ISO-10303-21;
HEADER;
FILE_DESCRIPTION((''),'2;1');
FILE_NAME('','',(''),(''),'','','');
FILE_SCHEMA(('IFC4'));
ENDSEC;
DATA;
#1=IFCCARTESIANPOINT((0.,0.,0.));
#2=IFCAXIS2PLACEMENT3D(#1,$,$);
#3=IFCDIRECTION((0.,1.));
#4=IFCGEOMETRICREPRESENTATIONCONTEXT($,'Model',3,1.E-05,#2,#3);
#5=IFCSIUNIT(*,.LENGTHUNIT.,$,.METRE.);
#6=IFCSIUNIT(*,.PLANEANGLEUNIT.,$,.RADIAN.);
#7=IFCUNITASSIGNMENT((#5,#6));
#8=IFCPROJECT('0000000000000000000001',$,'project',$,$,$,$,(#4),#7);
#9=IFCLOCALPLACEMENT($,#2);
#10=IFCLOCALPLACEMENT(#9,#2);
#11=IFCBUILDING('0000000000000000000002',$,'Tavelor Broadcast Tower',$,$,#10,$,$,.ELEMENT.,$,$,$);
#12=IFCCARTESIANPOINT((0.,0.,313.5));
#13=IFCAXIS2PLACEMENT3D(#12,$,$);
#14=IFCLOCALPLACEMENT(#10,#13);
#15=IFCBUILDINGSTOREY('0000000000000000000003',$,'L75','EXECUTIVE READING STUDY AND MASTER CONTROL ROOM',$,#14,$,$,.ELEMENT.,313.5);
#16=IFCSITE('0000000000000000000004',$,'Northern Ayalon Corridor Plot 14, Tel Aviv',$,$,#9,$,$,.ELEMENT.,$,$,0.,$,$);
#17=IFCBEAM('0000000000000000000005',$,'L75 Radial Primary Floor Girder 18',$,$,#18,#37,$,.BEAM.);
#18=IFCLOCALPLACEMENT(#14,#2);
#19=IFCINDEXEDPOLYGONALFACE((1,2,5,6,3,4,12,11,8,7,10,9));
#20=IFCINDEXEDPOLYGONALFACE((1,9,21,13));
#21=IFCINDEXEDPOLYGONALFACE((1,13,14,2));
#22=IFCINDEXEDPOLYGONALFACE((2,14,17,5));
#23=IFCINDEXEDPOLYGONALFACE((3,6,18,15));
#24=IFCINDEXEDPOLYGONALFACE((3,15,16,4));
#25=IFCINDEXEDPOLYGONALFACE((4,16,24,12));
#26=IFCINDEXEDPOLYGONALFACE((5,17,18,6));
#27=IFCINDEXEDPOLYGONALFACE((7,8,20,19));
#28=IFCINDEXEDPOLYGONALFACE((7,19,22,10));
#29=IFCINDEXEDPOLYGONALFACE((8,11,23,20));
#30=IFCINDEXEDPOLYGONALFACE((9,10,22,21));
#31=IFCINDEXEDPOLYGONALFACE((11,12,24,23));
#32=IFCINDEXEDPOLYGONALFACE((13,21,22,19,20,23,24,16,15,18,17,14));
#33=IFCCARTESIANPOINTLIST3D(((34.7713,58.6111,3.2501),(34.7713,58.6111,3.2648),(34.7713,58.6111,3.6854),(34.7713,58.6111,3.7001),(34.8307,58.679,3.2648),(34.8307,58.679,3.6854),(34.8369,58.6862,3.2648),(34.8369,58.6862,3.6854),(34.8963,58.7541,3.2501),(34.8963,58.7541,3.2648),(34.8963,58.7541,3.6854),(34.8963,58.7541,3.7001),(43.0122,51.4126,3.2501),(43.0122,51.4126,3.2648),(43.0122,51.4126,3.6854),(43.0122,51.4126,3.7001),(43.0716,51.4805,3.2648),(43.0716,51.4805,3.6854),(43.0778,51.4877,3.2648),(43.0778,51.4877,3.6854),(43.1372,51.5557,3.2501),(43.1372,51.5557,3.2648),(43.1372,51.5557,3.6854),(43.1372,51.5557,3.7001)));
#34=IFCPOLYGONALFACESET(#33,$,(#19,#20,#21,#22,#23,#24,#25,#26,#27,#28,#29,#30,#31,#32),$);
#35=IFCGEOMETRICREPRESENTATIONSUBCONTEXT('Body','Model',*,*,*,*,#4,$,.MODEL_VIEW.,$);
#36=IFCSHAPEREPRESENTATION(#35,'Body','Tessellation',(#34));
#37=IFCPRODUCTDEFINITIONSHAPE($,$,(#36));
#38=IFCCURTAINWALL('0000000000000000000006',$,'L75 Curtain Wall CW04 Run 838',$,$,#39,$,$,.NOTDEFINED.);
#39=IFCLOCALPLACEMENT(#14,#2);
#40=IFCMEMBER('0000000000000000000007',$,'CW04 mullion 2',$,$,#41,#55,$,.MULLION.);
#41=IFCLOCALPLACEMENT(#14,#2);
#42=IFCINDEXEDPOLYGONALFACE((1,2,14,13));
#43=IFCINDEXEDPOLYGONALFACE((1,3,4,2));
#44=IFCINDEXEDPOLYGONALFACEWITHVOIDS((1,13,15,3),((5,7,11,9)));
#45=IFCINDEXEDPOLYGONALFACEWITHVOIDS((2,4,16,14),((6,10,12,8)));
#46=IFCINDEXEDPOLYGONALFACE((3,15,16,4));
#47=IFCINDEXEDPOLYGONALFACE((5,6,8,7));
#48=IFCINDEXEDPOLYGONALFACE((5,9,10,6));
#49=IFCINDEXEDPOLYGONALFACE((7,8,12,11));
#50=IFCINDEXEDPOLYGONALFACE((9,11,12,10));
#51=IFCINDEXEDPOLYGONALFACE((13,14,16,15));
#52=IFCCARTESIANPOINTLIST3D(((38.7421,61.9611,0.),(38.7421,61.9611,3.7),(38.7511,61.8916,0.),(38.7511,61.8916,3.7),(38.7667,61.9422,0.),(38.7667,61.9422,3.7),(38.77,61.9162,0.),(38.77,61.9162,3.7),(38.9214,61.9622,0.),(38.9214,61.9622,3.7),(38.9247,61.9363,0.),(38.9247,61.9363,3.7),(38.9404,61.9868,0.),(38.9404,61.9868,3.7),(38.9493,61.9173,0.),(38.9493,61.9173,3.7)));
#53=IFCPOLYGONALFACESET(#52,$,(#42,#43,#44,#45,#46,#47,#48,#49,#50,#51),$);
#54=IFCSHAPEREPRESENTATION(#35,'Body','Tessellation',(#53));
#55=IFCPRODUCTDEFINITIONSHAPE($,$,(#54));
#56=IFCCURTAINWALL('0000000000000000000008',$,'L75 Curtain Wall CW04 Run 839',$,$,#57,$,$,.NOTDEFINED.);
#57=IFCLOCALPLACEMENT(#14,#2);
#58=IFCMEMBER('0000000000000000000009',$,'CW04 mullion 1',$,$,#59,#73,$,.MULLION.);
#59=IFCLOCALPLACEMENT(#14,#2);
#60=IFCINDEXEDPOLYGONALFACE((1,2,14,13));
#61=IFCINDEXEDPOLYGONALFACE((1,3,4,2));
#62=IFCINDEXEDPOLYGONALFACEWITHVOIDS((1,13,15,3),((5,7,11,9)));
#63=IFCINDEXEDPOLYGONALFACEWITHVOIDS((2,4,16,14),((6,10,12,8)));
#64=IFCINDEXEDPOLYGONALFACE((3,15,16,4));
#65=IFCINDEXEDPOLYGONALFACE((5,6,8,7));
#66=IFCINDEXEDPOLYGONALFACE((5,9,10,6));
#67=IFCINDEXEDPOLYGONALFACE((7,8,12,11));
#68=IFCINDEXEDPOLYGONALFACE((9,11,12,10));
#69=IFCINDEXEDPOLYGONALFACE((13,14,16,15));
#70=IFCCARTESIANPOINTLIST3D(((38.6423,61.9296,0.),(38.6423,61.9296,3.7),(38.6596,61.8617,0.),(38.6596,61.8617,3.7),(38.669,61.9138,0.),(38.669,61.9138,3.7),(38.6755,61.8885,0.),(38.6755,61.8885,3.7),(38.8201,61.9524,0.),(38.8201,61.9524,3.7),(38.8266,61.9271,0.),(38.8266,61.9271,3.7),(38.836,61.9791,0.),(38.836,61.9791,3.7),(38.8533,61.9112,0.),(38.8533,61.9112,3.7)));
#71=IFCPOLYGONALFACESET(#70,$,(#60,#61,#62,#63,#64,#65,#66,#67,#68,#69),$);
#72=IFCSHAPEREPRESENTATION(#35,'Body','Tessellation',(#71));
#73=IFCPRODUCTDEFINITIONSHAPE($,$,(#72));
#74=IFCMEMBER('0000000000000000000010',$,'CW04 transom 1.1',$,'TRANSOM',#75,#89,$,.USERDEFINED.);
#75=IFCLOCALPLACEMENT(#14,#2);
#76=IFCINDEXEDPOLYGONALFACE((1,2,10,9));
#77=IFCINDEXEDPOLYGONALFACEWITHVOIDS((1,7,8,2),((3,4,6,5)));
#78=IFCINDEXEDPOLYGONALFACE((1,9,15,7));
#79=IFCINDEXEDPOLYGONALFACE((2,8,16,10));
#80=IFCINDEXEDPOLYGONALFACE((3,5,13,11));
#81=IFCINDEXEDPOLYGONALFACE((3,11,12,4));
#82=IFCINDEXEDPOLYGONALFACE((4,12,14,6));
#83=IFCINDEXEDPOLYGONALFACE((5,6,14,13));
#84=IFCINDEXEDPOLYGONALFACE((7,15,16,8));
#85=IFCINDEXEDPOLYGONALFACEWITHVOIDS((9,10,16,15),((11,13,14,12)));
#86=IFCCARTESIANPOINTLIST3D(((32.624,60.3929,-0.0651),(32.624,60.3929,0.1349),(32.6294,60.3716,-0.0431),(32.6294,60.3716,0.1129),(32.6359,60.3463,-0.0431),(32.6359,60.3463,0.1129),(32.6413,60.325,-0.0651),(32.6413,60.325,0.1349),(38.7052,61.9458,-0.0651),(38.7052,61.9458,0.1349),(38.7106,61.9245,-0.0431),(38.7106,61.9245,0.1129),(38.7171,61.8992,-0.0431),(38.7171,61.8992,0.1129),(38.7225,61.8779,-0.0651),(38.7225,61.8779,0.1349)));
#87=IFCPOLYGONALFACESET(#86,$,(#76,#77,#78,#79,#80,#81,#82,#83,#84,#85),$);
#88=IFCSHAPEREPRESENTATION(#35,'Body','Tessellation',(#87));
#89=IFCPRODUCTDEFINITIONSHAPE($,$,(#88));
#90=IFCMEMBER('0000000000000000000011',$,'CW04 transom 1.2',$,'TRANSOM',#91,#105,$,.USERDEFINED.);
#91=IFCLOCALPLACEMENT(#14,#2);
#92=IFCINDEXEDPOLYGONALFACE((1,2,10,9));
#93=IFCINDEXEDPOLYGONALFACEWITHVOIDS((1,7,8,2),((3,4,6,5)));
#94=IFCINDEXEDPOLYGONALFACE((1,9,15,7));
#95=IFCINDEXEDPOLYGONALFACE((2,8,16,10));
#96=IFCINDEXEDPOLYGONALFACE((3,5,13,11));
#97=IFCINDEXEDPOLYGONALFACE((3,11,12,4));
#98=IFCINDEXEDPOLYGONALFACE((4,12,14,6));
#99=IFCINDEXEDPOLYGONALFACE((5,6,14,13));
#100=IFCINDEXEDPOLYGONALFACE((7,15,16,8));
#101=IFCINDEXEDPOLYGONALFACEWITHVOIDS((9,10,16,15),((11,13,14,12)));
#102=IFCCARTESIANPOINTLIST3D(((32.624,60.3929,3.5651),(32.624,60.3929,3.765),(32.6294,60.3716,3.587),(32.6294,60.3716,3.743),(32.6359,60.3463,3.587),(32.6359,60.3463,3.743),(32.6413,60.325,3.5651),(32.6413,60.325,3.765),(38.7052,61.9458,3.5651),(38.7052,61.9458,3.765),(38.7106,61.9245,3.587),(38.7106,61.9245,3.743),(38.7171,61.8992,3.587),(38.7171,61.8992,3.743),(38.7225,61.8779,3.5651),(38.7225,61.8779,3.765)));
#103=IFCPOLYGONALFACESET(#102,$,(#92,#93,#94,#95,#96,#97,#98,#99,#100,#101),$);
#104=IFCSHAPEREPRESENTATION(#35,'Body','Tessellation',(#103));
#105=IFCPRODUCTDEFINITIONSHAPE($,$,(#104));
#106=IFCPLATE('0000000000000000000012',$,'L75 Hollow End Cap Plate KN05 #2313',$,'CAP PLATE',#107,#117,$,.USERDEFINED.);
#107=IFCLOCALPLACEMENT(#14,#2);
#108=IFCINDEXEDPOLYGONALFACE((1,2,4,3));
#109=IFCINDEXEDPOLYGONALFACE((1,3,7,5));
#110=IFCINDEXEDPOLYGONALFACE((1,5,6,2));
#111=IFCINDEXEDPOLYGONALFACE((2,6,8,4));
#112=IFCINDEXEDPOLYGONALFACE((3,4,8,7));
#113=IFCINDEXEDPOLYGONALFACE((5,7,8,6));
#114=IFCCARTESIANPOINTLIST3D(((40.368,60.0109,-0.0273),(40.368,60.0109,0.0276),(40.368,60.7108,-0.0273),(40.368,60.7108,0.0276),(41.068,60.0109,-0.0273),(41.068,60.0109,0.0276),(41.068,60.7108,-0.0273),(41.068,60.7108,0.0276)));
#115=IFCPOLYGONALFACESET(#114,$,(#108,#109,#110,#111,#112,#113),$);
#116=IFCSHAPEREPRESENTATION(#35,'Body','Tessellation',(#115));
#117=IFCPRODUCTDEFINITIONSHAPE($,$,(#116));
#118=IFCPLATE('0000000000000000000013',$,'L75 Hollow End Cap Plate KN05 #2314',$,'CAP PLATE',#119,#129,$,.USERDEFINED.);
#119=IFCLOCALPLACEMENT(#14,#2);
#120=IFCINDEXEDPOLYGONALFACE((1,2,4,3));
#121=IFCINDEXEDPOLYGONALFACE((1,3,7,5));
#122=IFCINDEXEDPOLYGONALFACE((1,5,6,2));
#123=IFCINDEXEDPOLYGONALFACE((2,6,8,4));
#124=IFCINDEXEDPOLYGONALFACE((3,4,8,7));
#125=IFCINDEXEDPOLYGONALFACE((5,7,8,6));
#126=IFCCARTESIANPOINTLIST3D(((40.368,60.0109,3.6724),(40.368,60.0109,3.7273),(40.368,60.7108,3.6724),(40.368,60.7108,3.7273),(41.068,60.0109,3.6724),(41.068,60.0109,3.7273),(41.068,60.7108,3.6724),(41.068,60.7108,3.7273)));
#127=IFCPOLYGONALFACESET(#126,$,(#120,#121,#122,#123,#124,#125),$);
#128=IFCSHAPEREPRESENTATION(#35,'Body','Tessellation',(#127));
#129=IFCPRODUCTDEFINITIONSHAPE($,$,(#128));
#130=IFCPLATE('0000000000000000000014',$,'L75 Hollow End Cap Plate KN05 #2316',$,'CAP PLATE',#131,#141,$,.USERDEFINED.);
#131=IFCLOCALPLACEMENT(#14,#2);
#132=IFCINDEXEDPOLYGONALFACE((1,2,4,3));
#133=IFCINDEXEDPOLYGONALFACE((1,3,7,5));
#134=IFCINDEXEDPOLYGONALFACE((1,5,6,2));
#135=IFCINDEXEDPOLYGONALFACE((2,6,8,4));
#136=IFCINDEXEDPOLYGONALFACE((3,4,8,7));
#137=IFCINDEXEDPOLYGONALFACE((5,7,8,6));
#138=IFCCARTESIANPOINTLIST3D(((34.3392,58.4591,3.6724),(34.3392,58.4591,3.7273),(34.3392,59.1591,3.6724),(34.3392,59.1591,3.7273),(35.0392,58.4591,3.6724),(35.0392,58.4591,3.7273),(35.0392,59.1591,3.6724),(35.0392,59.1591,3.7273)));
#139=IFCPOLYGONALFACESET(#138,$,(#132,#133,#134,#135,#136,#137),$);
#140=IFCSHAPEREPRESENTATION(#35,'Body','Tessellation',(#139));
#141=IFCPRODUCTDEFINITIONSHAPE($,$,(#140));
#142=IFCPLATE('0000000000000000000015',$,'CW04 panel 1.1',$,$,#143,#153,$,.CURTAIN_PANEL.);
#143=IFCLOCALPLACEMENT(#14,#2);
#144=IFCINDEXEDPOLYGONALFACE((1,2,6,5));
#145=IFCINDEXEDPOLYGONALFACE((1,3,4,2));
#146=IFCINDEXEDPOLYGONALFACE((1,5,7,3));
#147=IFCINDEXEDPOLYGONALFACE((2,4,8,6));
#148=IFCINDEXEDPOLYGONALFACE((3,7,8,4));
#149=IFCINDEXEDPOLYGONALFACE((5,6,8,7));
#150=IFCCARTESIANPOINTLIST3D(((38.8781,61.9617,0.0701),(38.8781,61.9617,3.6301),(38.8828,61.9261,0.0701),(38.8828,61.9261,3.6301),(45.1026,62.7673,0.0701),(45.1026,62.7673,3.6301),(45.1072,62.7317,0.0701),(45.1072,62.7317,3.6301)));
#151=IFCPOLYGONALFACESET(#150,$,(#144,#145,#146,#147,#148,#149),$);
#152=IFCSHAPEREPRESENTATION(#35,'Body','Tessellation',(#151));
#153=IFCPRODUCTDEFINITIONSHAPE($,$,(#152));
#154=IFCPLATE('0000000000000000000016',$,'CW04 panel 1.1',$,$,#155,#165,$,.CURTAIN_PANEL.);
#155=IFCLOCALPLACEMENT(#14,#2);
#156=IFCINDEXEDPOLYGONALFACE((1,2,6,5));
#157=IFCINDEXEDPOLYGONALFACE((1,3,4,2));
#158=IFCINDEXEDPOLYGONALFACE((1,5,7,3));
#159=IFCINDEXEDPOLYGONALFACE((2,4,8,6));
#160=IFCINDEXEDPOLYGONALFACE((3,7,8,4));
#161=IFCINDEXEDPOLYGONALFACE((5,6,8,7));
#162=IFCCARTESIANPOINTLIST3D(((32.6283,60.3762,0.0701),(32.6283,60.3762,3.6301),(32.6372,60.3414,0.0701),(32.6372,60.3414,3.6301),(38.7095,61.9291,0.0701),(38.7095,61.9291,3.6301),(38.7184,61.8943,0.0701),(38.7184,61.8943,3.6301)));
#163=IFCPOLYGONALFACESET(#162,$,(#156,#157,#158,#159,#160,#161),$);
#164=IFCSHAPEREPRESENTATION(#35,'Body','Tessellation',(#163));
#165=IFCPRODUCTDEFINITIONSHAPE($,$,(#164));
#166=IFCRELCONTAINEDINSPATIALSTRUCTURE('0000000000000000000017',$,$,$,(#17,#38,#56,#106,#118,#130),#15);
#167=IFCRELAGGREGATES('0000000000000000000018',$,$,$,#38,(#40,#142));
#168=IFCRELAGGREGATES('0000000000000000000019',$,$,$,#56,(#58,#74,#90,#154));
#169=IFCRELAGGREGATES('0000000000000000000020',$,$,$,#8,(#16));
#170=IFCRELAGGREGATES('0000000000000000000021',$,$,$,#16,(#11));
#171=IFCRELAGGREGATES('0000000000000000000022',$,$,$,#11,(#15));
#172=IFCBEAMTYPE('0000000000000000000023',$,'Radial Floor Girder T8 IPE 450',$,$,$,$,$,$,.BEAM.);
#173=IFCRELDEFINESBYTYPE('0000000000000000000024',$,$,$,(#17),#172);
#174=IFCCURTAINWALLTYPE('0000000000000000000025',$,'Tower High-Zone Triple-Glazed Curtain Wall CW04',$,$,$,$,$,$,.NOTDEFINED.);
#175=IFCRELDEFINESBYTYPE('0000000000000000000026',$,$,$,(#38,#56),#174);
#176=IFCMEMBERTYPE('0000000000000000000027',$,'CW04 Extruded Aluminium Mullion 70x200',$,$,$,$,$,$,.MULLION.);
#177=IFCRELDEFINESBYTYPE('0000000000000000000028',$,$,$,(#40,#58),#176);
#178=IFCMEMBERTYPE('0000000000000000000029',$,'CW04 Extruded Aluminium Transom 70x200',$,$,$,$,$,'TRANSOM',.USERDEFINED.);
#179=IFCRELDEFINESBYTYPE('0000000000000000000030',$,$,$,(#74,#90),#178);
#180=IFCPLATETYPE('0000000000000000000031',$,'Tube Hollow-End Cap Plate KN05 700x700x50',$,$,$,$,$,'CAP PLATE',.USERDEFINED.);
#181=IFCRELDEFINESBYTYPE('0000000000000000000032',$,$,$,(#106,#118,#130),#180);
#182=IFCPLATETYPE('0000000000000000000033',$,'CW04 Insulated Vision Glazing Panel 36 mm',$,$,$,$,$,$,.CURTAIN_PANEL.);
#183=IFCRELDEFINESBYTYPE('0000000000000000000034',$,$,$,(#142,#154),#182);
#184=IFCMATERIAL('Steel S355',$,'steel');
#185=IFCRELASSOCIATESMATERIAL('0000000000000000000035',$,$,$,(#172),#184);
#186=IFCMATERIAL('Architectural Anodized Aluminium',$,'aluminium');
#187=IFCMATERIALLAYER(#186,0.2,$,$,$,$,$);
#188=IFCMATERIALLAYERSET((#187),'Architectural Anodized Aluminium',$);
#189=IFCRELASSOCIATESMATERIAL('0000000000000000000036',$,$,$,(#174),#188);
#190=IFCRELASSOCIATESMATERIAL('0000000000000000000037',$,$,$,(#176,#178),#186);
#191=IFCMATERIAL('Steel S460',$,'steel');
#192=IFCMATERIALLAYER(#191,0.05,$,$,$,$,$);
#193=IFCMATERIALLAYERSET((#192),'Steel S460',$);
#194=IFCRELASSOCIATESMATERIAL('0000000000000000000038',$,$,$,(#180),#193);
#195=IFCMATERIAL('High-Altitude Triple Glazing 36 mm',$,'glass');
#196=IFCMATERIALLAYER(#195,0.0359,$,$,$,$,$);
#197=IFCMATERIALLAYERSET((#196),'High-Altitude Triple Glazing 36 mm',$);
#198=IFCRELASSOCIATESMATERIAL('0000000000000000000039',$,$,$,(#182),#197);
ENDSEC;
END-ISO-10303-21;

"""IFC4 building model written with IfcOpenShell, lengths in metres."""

from ifc_helpers import new_model, si_unit, direction, frame, origin, origin_2d, place, context, subcontext, project, spatial, rectangle, hollow_rectangle, i_section, extrude, source, transform, mapped, material, layer, layer_set, material_profile, profile_set, type_object, type_shapes, element, aggregate, save


model = new_model("IFC4")

# Units and contexts
model_context = context("Model", 3, precision=1e-05, world=origin(), true_north=direction((0.0, 1.0)))
body_context = subcontext(model_context, "Body", "Model", "MODEL_VIEW")
ifc_project = project(units=[si_unit("LENGTHUNIT", "METRE"), si_unit("PLANEANGLEUNIT", "RADIAN")], contexts=[model_context])

# Site, building, storey
site_placement = place(None, origin())
site = spatial("IfcSite", under=ifc_project, at=site_placement, Name="Northern Ayalon Corridor Plot 14, Tel Aviv", CompositionType="ELEMENT", RefElevation=0.0)
building_placement = place(site_placement, origin())
building = spatial("IfcBuilding", under=site, at=building_placement, Name="Tavelor Broadcast Tower", CompositionType="ELEMENT")
storey_placement = place(building_placement, frame((0.0, 0.0, 313.5)))
storey = spatial("IfcBuildingStorey", under=building, at=storey_placement, Name="L75", Description="EXECUTIVE READING STUDY AND MASTER CONTROL ROOM", CompositionType="ELEMENT", Elevation=313.5)

# Shared definitions
ifc_material_1 = material(Name="Steel S460", Category="steel")

# Beam
ifc_material_2 = material(Name="Steel S355", Category="steel")
ifc_material_profile_1 = material_profile(ifc_material_2, i_section(OverallWidth=0.1899, OverallDepth=0.45, WebThickness=0.0095, FlangeThickness=0.0146, at=origin_2d()), Name="IPE 450")
ifc_profile_set_1 = profile_set([ifc_material_profile_1], Name="Steel S355")
beam_type_1 = type_object("IfcBeamType", Name="Radial Floor Girder T8 IPE 450", PredefinedType="BEAM", material=ifc_profile_set_1)
beam_1_placement = place(storey_placement, frame((43.0747, 51.4841, 3.4751), z_axis=(-0.753136, 0.657865, 0.0), x_axis=(-0.657865, -0.753136, 0.0)))
element("IfcBeam", 1, at=beam_1_placement, inside=storey, type_object=beam_type_1, Name="L75 Radial Primary Floor Girder 18", PredefinedType="BEAM", context=body_context, shape_type="SweptSolid", body=[
    extrude(i_section(OverallWidth=0.1899, OverallDepth=0.45, WebThickness=0.0095, FlangeThickness=0.0146, at=origin_2d()), origin(), (0.0, 0.0, 1.0), 10.9421),
])

# Curtain wall, member
ifc_material_3 = material(Name="Architectural Anodized Aluminium", Category="aluminium")
ifc_layer_1 = layer(ifc_material_3, 0.2)
ifc_layer_set_1 = layer_set([ifc_layer_1], Name="Architectural Anodized Aluminium")
curtain_wall_type = type_object("IfcCurtainWallType", Name="Tower High-Zone Triple-Glazed Curtain Wall CW04", PredefinedType="NOTDEFINED", material=ifc_layer_set_1)
curtain_wall_1_placement = place(storey_placement, origin())
curtain_wall_1 = element("IfcCurtainWall", 2, at=curtain_wall_1_placement, inside=storey, type_object=curtain_wall_type, Name="L75 Curtain Wall CW04 Run 838", PredefinedType="NOTDEFINED")
ifc_material_profile_2 = material_profile(ifc_material_3, hollow_rectangle(XDim=0.0701, YDim=0.2, WallThickness=0.022, at=origin_2d()), Name="RHS 70x200x22")
ifc_profile_set_2 = profile_set([ifc_material_profile_2], Name="Architectural Anodized Aluminium")
member_type_1 = type_object("IfcMemberType", Name="CW04 Extruded Aluminium Mullion 70x200", PredefinedType="MULLION", material=ifc_profile_set_2)
shared_shape_1 = source(origin(), body_context, "Body", "SweptSolid", [
    extrude(hollow_rectangle(XDim=0.0701, YDim=0.2, WallThickness=0.022, at=origin_2d()), origin(), (0.0, 0.0, 1.0), 3.7),
])
type_shapes(member_type_1, [shared_shape_1])
member_1_placement = place(storey_placement, frame((38.8457, 61.9392, 0.0), z_axis=(0.0, 0.0, 1.0), x_axis=(0.128359, -0.991728, 0.0)))
member_1 = element("IfcMember", 3, at=member_1_placement, type_object=member_type_1, Name="CW04 mullion 2", PredefinedType="MULLION", context=body_context, shape_type="MappedRepresentation", body=[
    mapped(shared_shape_1, transform((0.0, 0.0, 0.0), scale=1.0)),
])

# Curtain wall, members
curtain_wall_2_placement = place(storey_placement, origin())
curtain_wall_2 = element("IfcCurtainWall", 4, at=curtain_wall_2_placement, inside=storey, type_object=curtain_wall_type, Name="L75 Curtain Wall CW04 Run 839", PredefinedType="NOTDEFINED")
member_2_placement = place(storey_placement, frame((38.7478, 61.9204, 0.0), z_axis=(0.0, 0.0, 1.0), x_axis=(0.247428, -0.968906, 0.0)))
member_2 = element("IfcMember", 5, at=member_2_placement, type_object=member_type_1, Name="CW04 mullion 1", PredefinedType="MULLION", context=body_context, shape_type="MappedRepresentation", body=[
    mapped(shared_shape_1, transform((0.0, 0.0, 0.0), scale=1.0)),
])
ifc_material_profile_3 = material_profile(ifc_material_3, hollow_rectangle(XDim=0.0701, YDim=0.2, WallThickness=0.022, at=origin_2d()), Name="RHS 70x200x22")
ifc_profile_set_3 = profile_set([ifc_material_profile_3], Name="Architectural Anodized Aluminium")
member_type_2 = type_object("IfcMemberType", Name="CW04 Extruded Aluminium Transom 70x200", ElementType="TRANSOM", PredefinedType="USERDEFINED", material=ifc_profile_set_3)
shared_shape_2 = source(origin(), body_context, "Body", "SweptSolid", [
    extrude(hollow_rectangle(XDim=0.0701, YDim=0.2, WallThickness=0.022, at=origin_2d()), origin(), (0.0, 0.0, 1.0), 6.2764),
])
type_shapes(member_type_2, [shared_shape_2])
member_3_placement = place(storey_placement, frame((38.7139, 61.9119, 0.0349), z_axis=(-0.968906, -0.247429, 0.0), x_axis=(0.247429, -0.968906, 0.0)))
member_3 = element("IfcMember", 6, at=member_3_placement, type_object=member_type_2, Name="CW04 transom 1.1", ObjectType="TRANSOM", PredefinedType="USERDEFINED", context=body_context, shape_type="MappedRepresentation", body=[
    mapped(shared_shape_2, transform((0.0, 0.0, 0.0), scale=1.0)),
])
member_4_placement = place(storey_placement, frame((38.7139, 61.9119, 3.665), z_axis=(-0.968906, -0.247429, 0.0), x_axis=(0.247429, -0.968906, 0.0)))
member_4 = element("IfcMember", 7, at=member_4_placement, type_object=member_type_2, Name="CW04 transom 1.2", ObjectType="TRANSOM", PredefinedType="USERDEFINED", context=body_context, shape_type="MappedRepresentation", body=[
    mapped(shared_shape_2, transform((0.0, 0.0, 0.0), scale=1.0)),
])

# Plates
ifc_layer_2 = layer(ifc_material_1, 0.05)
ifc_layer_set_2 = layer_set([ifc_layer_2], Name="Steel S460")
plate_type_1 = type_object("IfcPlateType", Name="Tube Hollow-End Cap Plate KN05 700x700x50", ElementType="CAP PLATE", PredefinedType="USERDEFINED", material=ifc_layer_set_2)
shared_shape_3 = source(origin(), body_context, "Body", "SweptSolid", [
    extrude(rectangle(XDim=0.7, YDim=0.7, at=origin_2d()), origin(), (0.0, 0.0, 1.0), 0.0549),
])
type_shapes(plate_type_1, [shared_shape_3])
for number, where, z_axis, x_axis, name in (
    (8, (40.718, 60.3608, -0.0273), (0.0, 0.0, 1.0), (1.0, 0.0, 0.0), "L75 Hollow End Cap Plate KN05 #2313"),
    (9, (40.718, 60.3608, 3.6724), (0.0, 0.0, 1.0), (1.0, 0.0, 0.0), "L75 Hollow End Cap Plate KN05 #2314"),
    (10, (34.6892, 58.8091, 3.6724), (0.0, 0.0, 1.0), (1.0, 0.0, 0.0), "L75 Hollow End Cap Plate KN05 #2316"),
):
    element("IfcPlate", number, at=place(storey_placement, frame(where, z_axis=z_axis, x_axis=x_axis)), inside=storey, type_object=plate_type_1, Name=name, ObjectType="CAP PLATE", PredefinedType="USERDEFINED", context=body_context, shape_type="MappedRepresentation", body=[
        mapped(shared_shape_3, transform((0.0, 0.0, 0.0), scale=1.0)),
    ])

# Plates
ifc_material_4 = material(Name="High-Altitude Triple Glazing 36 mm", Category="glass")
ifc_layer_3 = layer(ifc_material_4, 0.0359)
ifc_layer_set_3 = layer_set([ifc_layer_3], Name="High-Altitude Triple Glazing 36 mm")
plate_type_2 = type_object("IfcPlateType", Name="CW04 Insulated Vision Glazing Panel 36 mm", PredefinedType="CURTAIN_PANEL", material=ifc_layer_set_3)
shared_shape_4 = source(origin(), body_context, "Body", "SweptSolid", [
    extrude(rectangle(XDim=6.2764, YDim=0.0359, at=origin_2d()), origin(), (0.0, 0.0, 1.0), 3.5601),
])
type_shapes(plate_type_2, [shared_shape_4])
plate_1_placement = place(storey_placement, frame((41.9927, 62.3467, 0.0701), z_axis=(0.0, 0.0, 1.0), x_axis=(-0.991728, -0.128359, 0.0)))
plate_1 = element("IfcPlate", 11, at=plate_1_placement, type_object=plate_type_2, Name="CW04 panel 1.1", PredefinedType="CURTAIN_PANEL", context=body_context, shape_type="MappedRepresentation", body=[
    mapped(shared_shape_4, transform((0.0, 0.0, 0.0), scale=1.0)),
])
aggregate(curtain_wall_1, [member_1, plate_1])
plate_2_placement = place(storey_placement, frame((35.6733, 61.1353, 0.0701), z_axis=(0.0, 0.0, 1.0), x_axis=(-0.968906, -0.247428, 0.0)))
plate_2 = element("IfcPlate", 12, at=plate_2_placement, type_object=plate_type_2, Name="CW04 panel 1.1", PredefinedType="CURTAIN_PANEL", context=body_context, shape_type="MappedRepresentation", body=[
    mapped(shared_shape_4, transform((0.0, 0.0, 0.0), scale=1.0)),
])
aggregate(curtain_wall_2, [member_2, member_3, member_4, plate_2])

save(model, "model.ifc")
